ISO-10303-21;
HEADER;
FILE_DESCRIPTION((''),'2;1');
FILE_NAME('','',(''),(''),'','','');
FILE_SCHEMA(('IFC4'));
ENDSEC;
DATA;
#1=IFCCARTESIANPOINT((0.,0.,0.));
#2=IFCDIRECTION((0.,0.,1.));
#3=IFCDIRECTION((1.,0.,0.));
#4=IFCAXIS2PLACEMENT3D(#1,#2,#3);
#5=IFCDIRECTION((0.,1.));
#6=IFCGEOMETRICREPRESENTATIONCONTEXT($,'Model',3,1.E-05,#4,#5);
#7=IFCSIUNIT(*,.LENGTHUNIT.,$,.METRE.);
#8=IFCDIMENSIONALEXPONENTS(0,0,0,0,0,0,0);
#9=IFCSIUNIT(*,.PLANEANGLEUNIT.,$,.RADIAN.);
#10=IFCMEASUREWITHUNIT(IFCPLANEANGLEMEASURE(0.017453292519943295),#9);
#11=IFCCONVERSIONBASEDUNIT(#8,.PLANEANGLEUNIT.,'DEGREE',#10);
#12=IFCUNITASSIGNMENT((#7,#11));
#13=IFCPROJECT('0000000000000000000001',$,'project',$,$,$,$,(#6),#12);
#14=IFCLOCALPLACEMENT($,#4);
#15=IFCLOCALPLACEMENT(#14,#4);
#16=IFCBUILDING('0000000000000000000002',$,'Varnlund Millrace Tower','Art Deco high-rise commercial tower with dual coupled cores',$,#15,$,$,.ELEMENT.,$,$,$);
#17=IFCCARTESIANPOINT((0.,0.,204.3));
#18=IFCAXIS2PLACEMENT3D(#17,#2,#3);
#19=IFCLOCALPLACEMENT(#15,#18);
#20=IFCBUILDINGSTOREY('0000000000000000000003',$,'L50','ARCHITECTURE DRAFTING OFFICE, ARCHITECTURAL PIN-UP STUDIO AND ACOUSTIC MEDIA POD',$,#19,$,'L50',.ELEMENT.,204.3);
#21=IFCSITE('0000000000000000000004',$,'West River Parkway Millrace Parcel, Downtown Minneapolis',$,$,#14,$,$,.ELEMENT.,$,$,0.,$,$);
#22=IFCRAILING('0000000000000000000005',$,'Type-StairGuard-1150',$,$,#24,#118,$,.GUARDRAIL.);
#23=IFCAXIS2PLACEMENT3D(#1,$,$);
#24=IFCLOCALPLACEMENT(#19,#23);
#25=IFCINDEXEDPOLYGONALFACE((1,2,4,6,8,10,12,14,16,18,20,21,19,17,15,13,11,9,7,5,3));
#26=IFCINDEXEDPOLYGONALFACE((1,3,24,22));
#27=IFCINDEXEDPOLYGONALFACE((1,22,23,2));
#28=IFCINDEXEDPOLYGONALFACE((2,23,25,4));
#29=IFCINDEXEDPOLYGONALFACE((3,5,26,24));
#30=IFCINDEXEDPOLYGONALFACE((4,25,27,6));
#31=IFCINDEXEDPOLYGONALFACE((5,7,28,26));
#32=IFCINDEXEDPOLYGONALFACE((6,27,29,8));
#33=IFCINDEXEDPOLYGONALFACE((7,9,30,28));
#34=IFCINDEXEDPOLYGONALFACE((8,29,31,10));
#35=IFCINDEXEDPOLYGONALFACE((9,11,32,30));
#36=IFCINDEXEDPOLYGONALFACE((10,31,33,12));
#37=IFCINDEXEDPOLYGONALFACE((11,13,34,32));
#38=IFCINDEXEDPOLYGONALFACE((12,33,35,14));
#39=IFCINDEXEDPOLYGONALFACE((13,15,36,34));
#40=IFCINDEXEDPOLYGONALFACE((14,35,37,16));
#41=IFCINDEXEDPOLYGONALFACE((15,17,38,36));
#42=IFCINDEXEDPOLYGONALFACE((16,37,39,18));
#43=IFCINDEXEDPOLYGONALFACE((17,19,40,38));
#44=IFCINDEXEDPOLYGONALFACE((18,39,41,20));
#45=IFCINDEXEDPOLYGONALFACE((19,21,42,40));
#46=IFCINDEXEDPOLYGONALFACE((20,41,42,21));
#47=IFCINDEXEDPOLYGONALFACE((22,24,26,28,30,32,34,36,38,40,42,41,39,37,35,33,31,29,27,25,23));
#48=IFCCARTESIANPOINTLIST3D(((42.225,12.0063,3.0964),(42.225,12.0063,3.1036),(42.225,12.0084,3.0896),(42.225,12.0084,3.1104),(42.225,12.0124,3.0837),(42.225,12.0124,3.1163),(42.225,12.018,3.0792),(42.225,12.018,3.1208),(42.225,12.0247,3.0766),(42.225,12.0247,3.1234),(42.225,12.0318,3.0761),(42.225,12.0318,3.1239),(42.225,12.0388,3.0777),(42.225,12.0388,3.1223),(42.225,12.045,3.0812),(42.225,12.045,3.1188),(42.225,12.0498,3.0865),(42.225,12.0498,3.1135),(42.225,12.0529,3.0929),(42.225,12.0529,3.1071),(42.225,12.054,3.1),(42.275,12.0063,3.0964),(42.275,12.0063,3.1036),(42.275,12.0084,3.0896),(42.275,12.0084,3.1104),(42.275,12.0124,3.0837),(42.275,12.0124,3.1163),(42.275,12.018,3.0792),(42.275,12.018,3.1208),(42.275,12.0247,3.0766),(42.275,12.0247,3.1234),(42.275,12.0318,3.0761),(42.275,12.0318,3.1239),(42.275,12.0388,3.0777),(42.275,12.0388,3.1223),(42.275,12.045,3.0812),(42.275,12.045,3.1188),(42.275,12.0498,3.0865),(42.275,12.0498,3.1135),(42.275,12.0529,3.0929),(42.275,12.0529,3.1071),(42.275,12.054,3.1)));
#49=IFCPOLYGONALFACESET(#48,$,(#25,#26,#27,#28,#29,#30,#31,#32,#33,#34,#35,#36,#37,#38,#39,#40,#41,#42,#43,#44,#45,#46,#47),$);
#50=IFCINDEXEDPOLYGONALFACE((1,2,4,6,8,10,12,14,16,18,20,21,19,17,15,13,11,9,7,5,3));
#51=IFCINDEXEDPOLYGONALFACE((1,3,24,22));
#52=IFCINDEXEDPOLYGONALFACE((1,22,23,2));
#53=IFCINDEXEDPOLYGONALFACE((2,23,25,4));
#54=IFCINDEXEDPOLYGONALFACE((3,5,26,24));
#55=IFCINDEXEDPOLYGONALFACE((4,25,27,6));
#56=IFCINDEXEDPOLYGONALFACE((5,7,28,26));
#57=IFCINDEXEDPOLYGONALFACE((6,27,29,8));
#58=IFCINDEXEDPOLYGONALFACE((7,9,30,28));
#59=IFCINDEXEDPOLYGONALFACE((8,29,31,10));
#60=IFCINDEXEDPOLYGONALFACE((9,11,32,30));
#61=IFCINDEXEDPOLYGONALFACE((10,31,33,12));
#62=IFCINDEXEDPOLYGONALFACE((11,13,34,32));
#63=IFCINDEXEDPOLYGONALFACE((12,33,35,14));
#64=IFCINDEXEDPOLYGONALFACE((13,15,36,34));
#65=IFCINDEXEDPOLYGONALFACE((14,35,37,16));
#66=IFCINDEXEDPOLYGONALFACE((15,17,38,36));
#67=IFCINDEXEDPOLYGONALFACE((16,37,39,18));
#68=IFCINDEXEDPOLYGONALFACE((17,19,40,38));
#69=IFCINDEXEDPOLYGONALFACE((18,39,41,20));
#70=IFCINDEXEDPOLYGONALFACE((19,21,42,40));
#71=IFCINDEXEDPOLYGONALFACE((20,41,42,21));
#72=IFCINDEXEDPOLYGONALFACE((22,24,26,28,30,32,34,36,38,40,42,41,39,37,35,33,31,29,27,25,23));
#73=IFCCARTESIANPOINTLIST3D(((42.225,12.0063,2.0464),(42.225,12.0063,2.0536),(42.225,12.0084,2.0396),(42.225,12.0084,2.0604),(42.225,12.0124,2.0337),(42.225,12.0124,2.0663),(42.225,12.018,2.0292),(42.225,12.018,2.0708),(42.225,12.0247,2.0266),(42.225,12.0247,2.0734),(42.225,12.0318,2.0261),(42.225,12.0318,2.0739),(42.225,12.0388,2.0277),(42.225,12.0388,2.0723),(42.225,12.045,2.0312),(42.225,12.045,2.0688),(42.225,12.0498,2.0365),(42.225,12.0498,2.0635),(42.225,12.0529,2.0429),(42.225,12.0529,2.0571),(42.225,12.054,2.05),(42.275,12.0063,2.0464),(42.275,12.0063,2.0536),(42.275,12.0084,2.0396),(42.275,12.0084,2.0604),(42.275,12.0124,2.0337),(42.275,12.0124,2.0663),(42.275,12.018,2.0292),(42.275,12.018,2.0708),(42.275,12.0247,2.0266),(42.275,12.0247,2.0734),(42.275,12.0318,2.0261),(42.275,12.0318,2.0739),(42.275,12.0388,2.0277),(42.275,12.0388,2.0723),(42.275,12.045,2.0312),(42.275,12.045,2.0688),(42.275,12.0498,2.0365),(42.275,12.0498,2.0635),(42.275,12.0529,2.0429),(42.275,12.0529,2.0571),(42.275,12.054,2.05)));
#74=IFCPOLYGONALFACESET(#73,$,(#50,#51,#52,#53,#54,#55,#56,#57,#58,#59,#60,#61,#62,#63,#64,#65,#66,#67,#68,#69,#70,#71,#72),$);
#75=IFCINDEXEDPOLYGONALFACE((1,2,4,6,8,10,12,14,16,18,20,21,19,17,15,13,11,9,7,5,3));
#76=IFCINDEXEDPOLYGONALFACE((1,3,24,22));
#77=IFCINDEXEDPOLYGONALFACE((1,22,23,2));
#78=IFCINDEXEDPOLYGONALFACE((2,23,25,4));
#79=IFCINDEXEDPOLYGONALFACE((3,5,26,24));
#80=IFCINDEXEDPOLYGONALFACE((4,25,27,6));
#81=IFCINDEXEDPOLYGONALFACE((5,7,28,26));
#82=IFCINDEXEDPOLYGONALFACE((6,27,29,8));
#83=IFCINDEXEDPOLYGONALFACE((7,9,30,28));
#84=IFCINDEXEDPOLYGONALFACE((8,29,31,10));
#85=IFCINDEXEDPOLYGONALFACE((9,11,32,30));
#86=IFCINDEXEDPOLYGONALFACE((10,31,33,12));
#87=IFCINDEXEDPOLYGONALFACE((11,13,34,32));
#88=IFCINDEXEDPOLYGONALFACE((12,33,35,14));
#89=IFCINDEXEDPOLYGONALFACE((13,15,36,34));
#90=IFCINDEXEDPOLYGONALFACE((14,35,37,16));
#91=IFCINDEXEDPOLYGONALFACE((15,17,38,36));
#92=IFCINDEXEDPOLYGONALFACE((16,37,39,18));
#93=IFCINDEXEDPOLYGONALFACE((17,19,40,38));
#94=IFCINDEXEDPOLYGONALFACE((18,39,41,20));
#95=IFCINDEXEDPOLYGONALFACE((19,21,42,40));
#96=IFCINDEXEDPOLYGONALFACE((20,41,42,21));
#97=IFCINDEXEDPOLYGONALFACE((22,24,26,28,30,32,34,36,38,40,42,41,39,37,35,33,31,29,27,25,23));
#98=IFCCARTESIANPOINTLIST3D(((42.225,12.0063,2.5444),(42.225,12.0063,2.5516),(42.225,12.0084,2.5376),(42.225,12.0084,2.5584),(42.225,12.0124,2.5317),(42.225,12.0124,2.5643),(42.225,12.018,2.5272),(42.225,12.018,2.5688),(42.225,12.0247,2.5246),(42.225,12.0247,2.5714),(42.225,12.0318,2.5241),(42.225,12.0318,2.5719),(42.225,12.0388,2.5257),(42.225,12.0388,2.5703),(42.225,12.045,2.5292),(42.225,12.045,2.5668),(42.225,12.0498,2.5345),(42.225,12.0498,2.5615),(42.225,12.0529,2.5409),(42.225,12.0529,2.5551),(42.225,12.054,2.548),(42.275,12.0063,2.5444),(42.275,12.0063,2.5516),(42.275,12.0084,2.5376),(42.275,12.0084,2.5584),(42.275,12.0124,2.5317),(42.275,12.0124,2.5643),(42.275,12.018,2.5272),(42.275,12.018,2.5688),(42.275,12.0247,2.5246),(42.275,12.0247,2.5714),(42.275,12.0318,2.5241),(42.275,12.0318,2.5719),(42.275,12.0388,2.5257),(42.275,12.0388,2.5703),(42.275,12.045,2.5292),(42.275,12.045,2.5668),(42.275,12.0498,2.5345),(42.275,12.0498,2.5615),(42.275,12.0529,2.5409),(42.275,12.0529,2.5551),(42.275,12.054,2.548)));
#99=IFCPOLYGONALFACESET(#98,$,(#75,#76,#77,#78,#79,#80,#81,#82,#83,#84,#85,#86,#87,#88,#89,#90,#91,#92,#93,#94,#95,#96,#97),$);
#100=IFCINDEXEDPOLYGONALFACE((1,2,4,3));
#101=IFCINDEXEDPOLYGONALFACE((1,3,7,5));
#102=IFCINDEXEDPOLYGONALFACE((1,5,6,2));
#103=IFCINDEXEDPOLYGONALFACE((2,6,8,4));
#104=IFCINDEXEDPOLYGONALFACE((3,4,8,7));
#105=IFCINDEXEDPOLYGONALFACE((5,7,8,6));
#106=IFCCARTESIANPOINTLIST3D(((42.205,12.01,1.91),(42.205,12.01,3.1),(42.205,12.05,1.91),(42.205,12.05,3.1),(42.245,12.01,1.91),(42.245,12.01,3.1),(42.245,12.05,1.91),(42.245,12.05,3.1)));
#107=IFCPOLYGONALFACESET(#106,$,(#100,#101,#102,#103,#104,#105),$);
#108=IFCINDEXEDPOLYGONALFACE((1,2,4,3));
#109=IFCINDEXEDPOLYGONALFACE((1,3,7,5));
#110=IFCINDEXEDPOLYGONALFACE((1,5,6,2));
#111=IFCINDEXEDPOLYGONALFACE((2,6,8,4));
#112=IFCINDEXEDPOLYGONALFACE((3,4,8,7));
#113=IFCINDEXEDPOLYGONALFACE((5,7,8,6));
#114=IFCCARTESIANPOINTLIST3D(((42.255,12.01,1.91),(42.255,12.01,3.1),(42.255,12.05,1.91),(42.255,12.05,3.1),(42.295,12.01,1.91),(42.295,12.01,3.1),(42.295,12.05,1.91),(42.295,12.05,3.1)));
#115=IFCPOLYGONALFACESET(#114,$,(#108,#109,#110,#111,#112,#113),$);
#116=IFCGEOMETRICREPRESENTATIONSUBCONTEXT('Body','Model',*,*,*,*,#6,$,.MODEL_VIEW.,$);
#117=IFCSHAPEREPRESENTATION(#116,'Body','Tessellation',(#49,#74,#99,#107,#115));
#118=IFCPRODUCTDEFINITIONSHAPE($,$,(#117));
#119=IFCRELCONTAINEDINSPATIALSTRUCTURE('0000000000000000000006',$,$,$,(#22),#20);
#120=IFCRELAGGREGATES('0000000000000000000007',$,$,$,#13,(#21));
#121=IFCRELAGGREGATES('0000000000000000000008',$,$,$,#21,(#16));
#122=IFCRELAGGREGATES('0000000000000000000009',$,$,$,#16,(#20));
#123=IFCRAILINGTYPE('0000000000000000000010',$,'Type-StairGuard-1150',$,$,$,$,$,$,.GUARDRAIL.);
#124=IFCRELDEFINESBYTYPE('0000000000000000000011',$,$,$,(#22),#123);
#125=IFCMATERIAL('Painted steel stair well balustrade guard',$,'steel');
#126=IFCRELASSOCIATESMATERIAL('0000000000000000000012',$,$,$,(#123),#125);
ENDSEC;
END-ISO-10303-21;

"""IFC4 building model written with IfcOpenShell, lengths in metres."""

from ifc_helpers import new_model, entity, si_unit, converted_unit, direction, frame, origin_with_axes, origin_2d_with_axis, place, context, subcontext, project, spatial, rectangle, circle, extrude, material, type_object, element, save


model = new_model("IFC4")

# Units and contexts
model_context = context("Model", 3, precision=1e-05, world=origin_with_axes(), true_north=direction((0.0, 1.0)))
body_context = subcontext(model_context, "Body", "Model", "MODEL_VIEW")
ifc_project = project(units=[si_unit("LENGTHUNIT", "METRE"), converted_unit("PLANEANGLEUNIT", "DEGREE", entity("IfcPlaneAngleMeasure", 0.017453292519943295), si_unit("PLANEANGLEUNIT", "RADIAN"), dimensions=[0, 0, 0, 0, 0, 0, 0])], contexts=[model_context])

# Site, building, storey
site_placement = place(None, origin_with_axes())
site = spatial("IfcSite", under=ifc_project, at=site_placement, Name="West River Parkway Millrace Parcel, Downtown Minneapolis", CompositionType="ELEMENT", RefElevation=0.0)
building_placement = place(site_placement, origin_with_axes())
building = spatial("IfcBuilding", under=site, at=building_placement, Name="Varnlund Millrace Tower", Description="Art Deco high-rise commercial tower with dual coupled cores", CompositionType="ELEMENT")
storey_placement = place(building_placement, frame((0.0, 0.0, 204.3), z_axis=(0.0, 0.0, 1.0), x_axis=(1.0, 0.0, 0.0)))
storey = spatial("IfcBuildingStorey", under=building, at=storey_placement, Name="L50", Description="ARCHITECTURE DRAFTING OFFICE, ARCHITECTURAL PIN-UP STUDIO AND ACOUSTIC MEDIA POD", LongName="L50", CompositionType="ELEMENT", Elevation=204.3)

# Railing
ifc_material_1 = material(Name="Painted steel stair well balustrade guard", Category="steel")
railing_type_1 = type_object("IfcRailingType", Name="Type-StairGuard-1150", PredefinedType="GUARDRAIL", material=ifc_material_1)
railing_1_placement = place(storey_placement, frame((0.0, 0.0, -204.3), z_axis=(0.0, 0.0, 1.0), x_axis=(1.0, 0.0, 0.0)))
element("IfcRailing", 1, at=railing_1_placement, inside=storey, type_object=railing_type_1, Name="Type-StairGuard-1150", PredefinedType="GUARDRAIL", context=body_context, shape_type="SweptSolid", body=[
    extrude(circle(Radius=0.024, at=origin_2d_with_axis()), frame((42.225, 12.03, 207.4), z_axis=(1.0, 0.0, 0.0), x_axis=(0.0, 1.0, 0.0)), (0.0, 0.0, 1.0), 0.05),
    extrude(circle(Radius=0.024, at=origin_2d_with_axis()), frame((42.225, 12.03, 206.35), z_axis=(1.0, 0.0, 0.0), x_axis=(0.0, 1.0, 0.0)), (0.0, 0.0, 1.0), 0.05),
    extrude(circle(Radius=0.024, at=origin_2d_with_axis()), frame((42.225, 12.03, 206.848), z_axis=(1.0, 0.0, 0.0), x_axis=(0.0, 1.0, 0.0)), (0.0, 0.0, 1.0), 0.05),
    extrude(rectangle(XDim=0.04, YDim=0.04, at=origin_2d_with_axis()), frame((42.225, 12.03, 206.21), z_axis=(0.0, 0.0, 1.0), x_axis=(1.0, 0.0, 0.0)), (0.0, 0.0, 1.0), 1.19),
    extrude(rectangle(XDim=0.04, YDim=0.04, at=origin_2d_with_axis()), frame((42.275, 12.03, 206.21), z_axis=(0.0, 0.0, 1.0), x_axis=(1.0, 0.0, 0.0)), (0.0, 0.0, 1.0), 1.19),
])

save(model, "model.ifc")
